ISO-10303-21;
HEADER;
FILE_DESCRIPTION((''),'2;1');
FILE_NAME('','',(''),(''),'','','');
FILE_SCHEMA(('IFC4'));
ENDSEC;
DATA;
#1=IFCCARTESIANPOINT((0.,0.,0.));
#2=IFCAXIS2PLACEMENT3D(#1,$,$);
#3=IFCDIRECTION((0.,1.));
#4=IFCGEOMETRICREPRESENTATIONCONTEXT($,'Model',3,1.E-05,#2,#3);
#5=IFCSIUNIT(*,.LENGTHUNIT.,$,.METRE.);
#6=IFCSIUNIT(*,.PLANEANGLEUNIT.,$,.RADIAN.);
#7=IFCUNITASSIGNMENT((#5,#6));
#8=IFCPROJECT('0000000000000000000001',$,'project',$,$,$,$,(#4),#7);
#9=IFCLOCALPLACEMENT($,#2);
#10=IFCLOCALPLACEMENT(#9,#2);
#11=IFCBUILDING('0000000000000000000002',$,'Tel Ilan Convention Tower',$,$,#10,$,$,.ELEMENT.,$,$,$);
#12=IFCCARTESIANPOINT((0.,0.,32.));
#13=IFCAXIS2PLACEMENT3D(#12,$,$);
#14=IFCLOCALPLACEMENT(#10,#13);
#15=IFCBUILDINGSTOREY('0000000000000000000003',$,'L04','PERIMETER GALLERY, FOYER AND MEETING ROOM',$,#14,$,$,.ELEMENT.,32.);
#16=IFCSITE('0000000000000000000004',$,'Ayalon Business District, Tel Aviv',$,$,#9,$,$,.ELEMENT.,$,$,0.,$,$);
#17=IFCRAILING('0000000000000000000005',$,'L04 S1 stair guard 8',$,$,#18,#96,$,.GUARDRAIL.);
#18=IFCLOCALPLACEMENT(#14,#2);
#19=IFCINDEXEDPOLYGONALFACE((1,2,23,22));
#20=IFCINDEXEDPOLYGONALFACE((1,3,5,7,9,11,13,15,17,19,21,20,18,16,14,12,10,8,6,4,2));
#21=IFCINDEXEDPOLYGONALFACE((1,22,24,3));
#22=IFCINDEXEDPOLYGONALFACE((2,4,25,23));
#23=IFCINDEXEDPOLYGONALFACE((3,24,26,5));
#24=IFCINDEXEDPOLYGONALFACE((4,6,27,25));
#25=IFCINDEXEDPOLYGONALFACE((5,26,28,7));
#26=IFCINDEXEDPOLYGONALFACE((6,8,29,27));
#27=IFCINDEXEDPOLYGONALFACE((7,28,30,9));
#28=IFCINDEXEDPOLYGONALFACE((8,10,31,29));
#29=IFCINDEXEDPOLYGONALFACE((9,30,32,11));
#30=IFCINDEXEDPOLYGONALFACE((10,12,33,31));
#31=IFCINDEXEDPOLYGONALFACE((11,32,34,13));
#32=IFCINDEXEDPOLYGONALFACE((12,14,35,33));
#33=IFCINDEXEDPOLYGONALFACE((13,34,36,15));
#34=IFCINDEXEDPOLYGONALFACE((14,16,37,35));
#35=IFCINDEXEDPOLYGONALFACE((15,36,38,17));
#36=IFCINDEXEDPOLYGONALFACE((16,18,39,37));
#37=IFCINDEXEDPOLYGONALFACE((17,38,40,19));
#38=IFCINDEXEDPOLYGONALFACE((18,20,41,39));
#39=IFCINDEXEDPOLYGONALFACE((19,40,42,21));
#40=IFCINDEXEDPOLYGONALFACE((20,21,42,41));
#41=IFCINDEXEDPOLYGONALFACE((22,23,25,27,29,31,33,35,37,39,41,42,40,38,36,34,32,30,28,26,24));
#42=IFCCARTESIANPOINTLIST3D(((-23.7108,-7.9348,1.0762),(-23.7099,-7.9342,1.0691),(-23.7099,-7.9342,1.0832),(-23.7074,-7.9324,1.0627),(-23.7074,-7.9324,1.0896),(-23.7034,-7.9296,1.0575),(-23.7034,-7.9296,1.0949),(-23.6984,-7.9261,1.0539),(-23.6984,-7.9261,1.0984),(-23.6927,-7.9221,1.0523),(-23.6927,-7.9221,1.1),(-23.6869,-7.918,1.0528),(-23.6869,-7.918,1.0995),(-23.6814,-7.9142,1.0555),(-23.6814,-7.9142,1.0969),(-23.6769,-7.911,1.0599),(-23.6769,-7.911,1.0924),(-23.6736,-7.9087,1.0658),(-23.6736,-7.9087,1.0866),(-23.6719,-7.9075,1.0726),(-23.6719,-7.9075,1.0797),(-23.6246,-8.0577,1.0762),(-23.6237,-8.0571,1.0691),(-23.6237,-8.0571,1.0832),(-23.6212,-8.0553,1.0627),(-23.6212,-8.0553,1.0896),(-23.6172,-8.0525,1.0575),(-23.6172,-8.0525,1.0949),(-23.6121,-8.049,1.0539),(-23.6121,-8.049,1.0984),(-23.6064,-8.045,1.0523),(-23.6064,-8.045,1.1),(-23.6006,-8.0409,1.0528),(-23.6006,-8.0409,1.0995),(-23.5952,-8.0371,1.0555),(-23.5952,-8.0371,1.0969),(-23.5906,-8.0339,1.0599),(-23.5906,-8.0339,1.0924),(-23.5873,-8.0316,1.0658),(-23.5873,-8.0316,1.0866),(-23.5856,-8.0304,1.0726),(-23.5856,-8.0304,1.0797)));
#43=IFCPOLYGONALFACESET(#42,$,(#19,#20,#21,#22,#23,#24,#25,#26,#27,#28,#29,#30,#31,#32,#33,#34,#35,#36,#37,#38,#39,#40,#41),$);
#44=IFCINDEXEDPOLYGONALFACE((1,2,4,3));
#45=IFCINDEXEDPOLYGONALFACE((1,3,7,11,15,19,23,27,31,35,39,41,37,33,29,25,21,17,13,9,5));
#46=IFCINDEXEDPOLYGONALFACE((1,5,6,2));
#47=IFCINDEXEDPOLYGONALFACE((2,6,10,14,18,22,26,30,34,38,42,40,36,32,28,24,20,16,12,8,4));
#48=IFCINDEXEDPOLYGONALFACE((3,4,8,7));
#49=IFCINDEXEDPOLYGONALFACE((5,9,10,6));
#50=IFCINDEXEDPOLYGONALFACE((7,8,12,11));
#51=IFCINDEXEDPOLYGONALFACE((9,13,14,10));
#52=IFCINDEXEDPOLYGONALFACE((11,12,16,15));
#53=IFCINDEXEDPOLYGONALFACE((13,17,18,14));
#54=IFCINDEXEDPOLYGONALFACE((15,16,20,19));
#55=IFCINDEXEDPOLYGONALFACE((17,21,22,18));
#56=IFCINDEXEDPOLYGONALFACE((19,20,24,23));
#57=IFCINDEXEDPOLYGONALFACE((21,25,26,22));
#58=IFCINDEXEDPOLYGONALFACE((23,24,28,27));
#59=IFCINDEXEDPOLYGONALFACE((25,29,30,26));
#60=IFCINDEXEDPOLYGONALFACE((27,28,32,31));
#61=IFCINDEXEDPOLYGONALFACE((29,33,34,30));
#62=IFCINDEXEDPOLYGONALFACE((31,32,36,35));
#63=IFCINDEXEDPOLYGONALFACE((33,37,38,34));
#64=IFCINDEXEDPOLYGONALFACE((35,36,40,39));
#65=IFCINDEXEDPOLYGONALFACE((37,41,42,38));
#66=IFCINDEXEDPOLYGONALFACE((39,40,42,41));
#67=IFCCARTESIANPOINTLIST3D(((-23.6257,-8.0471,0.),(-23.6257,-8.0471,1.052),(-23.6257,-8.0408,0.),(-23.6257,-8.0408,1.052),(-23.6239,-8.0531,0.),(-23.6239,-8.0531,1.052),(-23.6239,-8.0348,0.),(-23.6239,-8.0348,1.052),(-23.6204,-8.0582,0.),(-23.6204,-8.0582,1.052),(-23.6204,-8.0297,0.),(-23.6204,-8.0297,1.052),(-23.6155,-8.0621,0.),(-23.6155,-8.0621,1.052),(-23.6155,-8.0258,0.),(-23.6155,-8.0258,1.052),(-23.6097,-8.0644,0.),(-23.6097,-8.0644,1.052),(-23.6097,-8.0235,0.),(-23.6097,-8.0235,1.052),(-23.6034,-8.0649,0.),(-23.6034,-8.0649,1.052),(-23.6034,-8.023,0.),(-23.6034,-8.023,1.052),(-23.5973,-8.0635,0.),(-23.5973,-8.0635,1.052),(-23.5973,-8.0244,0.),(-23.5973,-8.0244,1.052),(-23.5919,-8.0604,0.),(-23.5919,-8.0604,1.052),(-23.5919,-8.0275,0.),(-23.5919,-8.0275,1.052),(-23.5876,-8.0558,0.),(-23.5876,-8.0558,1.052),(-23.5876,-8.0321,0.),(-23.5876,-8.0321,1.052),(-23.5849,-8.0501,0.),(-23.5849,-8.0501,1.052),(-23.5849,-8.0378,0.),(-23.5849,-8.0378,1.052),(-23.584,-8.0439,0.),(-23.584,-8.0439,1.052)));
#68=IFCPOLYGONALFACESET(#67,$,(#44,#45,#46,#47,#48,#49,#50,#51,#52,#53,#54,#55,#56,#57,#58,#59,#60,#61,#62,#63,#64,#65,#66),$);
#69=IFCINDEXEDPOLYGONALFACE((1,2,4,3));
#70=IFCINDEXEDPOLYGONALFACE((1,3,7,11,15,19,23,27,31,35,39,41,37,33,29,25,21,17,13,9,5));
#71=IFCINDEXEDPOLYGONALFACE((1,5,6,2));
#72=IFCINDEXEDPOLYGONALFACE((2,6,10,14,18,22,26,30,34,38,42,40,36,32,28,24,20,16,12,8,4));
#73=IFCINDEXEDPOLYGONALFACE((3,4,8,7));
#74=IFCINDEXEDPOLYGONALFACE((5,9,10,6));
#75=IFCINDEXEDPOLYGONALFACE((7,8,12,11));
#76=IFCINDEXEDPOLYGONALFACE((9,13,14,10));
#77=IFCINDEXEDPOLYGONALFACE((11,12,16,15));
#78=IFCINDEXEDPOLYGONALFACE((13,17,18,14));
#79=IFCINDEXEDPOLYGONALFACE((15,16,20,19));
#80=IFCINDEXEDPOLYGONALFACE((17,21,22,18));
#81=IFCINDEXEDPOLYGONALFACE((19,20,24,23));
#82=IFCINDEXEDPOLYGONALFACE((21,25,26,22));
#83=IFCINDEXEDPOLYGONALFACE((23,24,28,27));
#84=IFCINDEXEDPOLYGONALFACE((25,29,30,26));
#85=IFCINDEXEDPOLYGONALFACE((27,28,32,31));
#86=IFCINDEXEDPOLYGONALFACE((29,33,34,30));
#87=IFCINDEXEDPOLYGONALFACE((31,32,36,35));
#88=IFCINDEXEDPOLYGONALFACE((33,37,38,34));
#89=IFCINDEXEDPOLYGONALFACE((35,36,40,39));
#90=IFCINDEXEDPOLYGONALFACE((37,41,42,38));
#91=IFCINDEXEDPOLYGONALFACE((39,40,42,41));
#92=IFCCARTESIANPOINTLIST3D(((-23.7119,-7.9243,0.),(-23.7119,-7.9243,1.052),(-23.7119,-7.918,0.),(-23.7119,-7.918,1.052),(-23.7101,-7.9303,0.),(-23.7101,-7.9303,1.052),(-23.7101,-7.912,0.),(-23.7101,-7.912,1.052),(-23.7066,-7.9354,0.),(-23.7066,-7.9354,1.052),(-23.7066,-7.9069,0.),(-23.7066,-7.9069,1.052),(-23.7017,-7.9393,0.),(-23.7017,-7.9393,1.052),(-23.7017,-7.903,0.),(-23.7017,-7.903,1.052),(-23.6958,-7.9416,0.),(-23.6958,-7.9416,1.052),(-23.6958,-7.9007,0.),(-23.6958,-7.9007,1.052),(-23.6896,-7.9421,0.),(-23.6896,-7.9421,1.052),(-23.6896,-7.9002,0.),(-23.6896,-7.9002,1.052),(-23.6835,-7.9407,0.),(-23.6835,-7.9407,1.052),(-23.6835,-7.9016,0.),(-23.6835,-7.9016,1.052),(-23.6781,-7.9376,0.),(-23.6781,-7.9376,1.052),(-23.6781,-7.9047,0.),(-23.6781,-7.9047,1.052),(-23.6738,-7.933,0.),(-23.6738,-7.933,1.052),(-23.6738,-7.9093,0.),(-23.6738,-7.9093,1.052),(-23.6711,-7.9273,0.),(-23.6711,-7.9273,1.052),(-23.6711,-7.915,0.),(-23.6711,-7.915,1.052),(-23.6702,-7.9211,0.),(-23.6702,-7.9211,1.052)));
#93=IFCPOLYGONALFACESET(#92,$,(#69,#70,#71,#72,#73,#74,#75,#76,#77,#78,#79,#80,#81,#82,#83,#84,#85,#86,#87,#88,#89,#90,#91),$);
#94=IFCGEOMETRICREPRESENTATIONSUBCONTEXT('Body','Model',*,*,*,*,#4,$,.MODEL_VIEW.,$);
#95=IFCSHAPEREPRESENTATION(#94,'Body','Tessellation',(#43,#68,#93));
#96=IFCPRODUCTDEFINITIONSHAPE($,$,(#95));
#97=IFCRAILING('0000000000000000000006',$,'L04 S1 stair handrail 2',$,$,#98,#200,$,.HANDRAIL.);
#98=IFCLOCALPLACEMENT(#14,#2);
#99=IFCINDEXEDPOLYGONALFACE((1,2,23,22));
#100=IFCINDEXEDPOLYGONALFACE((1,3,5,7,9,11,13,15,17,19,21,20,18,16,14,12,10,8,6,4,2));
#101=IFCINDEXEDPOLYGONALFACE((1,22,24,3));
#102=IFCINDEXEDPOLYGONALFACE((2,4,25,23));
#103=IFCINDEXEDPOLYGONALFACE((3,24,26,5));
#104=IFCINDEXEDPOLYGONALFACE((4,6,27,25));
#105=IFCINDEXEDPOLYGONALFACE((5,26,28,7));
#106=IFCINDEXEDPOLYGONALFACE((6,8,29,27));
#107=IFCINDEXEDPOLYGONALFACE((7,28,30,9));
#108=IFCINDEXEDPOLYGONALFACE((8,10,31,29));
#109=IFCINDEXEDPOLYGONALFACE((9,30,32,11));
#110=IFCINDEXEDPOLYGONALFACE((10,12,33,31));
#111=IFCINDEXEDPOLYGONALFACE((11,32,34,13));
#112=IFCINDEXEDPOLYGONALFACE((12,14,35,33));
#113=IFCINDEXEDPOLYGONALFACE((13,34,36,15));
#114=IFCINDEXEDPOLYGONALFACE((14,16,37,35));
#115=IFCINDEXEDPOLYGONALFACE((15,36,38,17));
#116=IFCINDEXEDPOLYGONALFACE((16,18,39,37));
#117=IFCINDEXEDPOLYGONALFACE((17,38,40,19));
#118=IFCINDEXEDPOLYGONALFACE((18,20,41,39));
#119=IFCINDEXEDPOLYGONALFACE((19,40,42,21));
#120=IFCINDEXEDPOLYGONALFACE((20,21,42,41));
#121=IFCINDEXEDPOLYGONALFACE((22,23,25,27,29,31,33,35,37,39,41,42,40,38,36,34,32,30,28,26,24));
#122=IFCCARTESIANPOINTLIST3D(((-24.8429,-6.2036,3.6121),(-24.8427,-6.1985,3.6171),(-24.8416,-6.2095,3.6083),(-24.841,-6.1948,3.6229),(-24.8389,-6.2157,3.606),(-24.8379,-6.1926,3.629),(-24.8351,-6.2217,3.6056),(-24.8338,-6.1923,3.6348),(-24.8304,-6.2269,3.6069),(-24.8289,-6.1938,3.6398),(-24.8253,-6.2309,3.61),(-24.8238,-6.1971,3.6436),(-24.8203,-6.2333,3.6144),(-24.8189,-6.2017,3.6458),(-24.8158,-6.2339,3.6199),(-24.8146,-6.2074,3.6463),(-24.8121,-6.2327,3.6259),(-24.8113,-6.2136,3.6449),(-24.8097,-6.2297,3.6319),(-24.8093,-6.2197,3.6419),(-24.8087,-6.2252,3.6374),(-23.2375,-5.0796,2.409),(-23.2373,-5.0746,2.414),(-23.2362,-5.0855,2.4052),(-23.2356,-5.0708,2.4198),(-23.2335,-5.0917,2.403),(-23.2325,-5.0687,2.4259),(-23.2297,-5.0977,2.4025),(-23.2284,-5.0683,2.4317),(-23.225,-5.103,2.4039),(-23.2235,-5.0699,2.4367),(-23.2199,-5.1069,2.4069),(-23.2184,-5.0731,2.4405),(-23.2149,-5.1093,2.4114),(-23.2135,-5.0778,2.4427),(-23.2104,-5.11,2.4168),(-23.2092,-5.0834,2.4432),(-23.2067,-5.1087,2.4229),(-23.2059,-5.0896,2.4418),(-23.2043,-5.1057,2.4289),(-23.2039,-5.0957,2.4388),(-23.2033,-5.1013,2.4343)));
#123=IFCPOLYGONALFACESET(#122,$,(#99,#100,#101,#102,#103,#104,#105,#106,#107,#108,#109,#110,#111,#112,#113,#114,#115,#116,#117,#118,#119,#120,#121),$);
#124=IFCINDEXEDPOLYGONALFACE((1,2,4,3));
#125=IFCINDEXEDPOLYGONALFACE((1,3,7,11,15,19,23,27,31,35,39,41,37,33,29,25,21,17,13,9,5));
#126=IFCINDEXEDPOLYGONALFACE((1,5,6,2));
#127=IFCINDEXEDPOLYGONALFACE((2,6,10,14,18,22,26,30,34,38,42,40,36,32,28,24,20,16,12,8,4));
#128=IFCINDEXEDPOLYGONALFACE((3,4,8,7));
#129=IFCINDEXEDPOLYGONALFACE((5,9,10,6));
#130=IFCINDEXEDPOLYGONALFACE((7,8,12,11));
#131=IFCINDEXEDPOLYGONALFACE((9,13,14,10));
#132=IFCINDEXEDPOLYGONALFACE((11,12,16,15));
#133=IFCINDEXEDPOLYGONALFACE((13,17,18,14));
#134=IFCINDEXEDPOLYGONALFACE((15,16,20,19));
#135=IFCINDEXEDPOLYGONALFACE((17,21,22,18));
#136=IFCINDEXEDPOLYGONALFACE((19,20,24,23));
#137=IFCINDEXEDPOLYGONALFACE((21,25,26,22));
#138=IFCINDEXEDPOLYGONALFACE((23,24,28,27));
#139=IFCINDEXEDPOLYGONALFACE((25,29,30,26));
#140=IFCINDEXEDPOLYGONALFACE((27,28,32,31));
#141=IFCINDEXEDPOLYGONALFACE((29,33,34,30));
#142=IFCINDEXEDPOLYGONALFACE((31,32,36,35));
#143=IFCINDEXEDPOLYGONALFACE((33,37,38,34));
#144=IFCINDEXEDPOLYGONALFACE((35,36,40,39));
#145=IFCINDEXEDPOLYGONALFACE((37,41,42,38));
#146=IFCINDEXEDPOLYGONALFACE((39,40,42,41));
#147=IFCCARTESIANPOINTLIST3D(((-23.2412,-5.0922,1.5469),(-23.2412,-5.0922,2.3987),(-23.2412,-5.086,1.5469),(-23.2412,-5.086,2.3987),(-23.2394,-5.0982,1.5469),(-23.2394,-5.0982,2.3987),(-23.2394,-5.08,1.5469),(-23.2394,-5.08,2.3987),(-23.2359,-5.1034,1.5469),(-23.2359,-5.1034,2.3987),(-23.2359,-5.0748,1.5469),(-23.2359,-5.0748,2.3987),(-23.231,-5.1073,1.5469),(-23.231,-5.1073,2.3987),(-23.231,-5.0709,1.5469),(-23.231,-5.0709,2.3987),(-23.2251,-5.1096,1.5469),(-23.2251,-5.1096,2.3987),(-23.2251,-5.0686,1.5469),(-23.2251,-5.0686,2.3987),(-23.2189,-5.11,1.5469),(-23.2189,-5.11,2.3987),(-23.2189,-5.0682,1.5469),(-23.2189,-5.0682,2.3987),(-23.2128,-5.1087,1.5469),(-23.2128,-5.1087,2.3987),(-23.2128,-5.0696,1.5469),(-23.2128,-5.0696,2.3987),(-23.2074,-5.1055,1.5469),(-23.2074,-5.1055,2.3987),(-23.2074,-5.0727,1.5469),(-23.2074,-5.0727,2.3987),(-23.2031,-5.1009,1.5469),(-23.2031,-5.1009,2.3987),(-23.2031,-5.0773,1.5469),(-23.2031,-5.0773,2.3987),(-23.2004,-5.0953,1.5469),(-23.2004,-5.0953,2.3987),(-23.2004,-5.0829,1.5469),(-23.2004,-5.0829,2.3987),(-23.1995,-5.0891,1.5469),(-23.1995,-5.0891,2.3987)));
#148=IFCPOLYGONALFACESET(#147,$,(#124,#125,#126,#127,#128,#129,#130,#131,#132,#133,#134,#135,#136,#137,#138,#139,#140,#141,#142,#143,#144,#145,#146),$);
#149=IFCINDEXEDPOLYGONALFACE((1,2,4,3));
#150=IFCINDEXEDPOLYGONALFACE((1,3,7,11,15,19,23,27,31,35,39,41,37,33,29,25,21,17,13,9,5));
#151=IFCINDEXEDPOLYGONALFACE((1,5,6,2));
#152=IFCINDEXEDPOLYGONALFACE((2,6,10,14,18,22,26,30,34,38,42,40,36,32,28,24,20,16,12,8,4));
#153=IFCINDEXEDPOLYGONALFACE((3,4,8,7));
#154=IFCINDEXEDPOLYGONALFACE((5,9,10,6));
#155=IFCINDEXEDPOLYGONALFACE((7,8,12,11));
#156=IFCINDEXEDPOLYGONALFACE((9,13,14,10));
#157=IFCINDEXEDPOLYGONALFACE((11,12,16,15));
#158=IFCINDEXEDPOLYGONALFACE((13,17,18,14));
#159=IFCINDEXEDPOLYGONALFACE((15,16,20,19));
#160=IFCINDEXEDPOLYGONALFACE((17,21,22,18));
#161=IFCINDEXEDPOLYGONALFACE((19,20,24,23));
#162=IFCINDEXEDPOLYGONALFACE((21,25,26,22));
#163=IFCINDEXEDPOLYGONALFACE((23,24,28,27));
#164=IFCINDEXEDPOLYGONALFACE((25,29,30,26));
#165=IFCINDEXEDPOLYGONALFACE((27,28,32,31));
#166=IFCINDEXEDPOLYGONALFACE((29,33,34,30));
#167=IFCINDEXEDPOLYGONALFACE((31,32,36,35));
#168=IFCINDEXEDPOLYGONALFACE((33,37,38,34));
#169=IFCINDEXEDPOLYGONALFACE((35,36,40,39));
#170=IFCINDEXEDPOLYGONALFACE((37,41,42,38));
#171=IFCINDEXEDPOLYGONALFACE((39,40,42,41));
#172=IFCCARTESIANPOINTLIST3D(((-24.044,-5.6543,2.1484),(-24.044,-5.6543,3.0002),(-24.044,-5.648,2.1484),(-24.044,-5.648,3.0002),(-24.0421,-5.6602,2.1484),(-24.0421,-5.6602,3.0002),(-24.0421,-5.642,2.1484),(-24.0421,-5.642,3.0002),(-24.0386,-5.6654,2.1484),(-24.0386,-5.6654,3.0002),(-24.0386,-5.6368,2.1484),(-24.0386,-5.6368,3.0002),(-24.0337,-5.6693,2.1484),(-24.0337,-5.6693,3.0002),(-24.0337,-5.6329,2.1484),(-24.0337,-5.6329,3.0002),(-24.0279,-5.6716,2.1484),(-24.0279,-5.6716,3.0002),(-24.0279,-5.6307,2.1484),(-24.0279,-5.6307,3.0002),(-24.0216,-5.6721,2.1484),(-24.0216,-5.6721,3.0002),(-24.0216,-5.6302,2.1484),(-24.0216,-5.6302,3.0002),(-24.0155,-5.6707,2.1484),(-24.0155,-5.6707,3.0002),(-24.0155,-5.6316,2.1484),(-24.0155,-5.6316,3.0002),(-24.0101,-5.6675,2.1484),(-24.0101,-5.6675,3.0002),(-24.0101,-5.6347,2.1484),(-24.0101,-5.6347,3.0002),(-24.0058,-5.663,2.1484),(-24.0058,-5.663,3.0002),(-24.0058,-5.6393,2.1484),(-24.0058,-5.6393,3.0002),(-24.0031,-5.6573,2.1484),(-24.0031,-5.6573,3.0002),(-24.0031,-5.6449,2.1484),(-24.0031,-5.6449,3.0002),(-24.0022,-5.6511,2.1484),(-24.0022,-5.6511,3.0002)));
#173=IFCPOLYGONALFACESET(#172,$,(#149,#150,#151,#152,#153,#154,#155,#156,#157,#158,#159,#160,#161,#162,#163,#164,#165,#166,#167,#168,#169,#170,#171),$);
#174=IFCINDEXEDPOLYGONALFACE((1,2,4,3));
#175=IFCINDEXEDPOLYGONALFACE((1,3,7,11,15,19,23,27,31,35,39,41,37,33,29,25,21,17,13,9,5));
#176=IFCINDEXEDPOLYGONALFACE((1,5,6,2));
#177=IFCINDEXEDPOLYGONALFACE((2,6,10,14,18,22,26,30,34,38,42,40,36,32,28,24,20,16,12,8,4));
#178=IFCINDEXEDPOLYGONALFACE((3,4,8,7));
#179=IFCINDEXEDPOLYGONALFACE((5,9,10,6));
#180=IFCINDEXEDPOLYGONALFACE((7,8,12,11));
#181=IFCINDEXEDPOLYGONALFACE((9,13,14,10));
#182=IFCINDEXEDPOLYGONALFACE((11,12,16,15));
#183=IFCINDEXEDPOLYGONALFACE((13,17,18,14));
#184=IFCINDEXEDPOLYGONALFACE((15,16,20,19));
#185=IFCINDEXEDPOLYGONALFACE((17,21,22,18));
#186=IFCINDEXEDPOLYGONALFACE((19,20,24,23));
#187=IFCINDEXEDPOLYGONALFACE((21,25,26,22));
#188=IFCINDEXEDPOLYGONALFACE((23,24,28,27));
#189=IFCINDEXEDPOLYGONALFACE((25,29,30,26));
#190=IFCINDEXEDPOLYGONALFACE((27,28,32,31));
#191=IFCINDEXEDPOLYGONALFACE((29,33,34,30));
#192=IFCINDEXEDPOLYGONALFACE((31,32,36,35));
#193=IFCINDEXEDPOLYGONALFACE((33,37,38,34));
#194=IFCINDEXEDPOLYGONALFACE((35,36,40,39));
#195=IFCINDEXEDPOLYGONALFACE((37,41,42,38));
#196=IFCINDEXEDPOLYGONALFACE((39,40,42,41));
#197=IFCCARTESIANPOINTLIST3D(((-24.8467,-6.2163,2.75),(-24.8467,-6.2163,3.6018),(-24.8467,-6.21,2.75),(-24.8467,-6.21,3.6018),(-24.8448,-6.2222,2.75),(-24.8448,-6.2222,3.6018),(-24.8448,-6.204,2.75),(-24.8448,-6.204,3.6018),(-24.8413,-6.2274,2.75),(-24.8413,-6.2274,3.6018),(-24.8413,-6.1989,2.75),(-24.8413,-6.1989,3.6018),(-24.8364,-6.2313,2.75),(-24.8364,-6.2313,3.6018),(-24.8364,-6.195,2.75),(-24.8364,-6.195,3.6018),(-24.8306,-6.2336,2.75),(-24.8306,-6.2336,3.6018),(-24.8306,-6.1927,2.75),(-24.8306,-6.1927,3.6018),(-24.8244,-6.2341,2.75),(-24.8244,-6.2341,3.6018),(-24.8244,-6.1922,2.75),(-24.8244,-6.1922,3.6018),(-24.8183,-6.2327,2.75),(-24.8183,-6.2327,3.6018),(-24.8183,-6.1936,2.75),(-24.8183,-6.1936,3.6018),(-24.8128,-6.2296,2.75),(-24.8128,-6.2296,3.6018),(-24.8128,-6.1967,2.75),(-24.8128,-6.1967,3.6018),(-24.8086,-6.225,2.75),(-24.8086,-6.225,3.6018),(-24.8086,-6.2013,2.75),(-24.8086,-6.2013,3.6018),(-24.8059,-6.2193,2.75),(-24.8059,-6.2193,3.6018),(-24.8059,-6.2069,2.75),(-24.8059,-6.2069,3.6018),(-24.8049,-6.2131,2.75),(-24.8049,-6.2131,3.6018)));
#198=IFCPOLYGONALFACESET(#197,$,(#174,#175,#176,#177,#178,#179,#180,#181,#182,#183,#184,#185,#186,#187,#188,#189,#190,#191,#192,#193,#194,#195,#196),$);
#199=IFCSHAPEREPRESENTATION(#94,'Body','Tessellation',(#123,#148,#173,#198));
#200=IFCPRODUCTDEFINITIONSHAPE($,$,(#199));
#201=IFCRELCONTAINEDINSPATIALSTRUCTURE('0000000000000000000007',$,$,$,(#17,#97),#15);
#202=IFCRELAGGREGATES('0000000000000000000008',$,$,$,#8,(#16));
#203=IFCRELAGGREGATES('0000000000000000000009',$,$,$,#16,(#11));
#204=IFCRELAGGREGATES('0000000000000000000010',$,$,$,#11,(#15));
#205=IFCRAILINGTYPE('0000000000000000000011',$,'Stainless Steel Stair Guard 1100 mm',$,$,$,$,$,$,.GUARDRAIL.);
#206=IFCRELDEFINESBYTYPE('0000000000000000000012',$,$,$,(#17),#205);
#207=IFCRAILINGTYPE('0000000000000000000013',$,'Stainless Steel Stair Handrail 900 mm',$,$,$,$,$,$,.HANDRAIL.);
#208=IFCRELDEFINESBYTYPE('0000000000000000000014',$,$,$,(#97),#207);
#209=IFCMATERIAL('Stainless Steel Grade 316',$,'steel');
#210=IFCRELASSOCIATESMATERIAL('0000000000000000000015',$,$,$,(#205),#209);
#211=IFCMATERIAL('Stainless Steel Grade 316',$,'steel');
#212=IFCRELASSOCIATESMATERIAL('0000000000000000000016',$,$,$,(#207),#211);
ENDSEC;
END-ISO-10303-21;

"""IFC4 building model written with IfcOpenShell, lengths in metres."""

from ifc_helpers import new_model, si_unit, direction, frame, origin, origin_2d, place, context, subcontext, project, spatial, circle, extrude, material, type_object, element, save


model = new_model("IFC4")

# Units and contexts
model_context = context("Model", 3, precision=1e-05, world=origin(), true_north=direction((0.0, 1.0)))
body_context = subcontext(model_context, "Body", "Model", "MODEL_VIEW")
ifc_project = project(units=[si_unit("LENGTHUNIT", "METRE"), si_unit("PLANEANGLEUNIT", "RADIAN")], contexts=[model_context])

# Site, building, storey
site_placement = place(None, origin())
site = spatial("IfcSite", under=ifc_project, at=site_placement, Name="Ayalon Business District, Tel Aviv", CompositionType="ELEMENT", RefElevation=0.0)
building_placement = place(site_placement, origin())
building = spatial("IfcBuilding", under=site, at=building_placement, Name="Tel Ilan Convention Tower", CompositionType="ELEMENT")
storey_placement = place(building_placement, frame((0.0, 0.0, 32.0)))
storey = spatial("IfcBuildingStorey", under=building, at=storey_placement, Name="L04", Description="PERIMETER GALLERY, FOYER AND MEETING ROOM", CompositionType="ELEMENT", Elevation=32.0)

# Railings
ifc_material_1 = material(Name="Stainless Steel Grade 316", Category="steel")
railing_type_1 = type_object("IfcRailingType", Name="Stainless Steel Stair Guard 1100 mm", PredefinedType="GUARDRAIL", material=ifc_material_1)
railing_1_placement = place(storey_placement, frame((-23.605, -8.0439, 0.0)))
element("IfcRailing", 1, at=railing_1_placement, inside=storey, type_object=railing_type_1, Name="L04 S1 stair guard 8", PredefinedType="GUARDRAIL", context=body_context, shape_type="SweptSolid", body=[
    extrude(circle(Radius=0.0239, at=origin_2d()), frame((0.0, 0.0, 1.0762), z_axis=(-0.574445, 0.818543, 0.0), x_axis=(-0.818543, -0.574445, 0.0)), (0.0, 0.0, 1.0), 0.1501),
    extrude(circle(Radius=0.021, at=origin_2d()), origin(), (0.0, 0.0, 1.0), 1.052),
    extrude(circle(Radius=0.021, at=origin_2d()), frame((-0.0862, 0.1228, 0.0)), (0.0, 0.0, 1.0), 1.052),
])
ifc_material_2 = material(Name="Stainless Steel Grade 316", Category="steel")
railing_type_2 = type_object("IfcRailingType", Name="Stainless Steel Stair Handrail 900 mm", PredefinedType="HANDRAIL", material=ifc_material_2)
for number, where, name in (
    (2, (-23.2205, -5.0891, 1.5469), "L04 S1 stair handrail 2"),
):
    element("IfcRailing", number, at=place(storey_placement, frame(where)), inside=storey, type_object=railing_type_2, Name=name, PredefinedType="HANDRAIL", context=body_context, shape_type="SweptSolid", body=[
        extrude(circle(Radius=0.0239, at=origin_2d()), frame((0.0, 0.0, 0.876), z_axis=(-0.698131, -0.488777, 0.523174), x_axis=(0.573529, -0.819185, 0.0)), (0.0, 0.0, 1.0), 2.2996),
        extrude(circle(Radius=0.021, at=origin_2d()), origin(), (0.0, 0.0, 1.0), 0.8518),
        extrude(circle(Radius=0.021, at=origin_2d()), frame((-0.8027, -0.562, 0.6016)), (0.0, 0.0, 1.0), 0.8518),
        extrude(circle(Radius=0.021, at=origin_2d()), frame((-1.6055, -1.124, 1.2031)), (0.0, 0.0, 1.0), 0.8518),
    ])

save(model, "model.ifc")
